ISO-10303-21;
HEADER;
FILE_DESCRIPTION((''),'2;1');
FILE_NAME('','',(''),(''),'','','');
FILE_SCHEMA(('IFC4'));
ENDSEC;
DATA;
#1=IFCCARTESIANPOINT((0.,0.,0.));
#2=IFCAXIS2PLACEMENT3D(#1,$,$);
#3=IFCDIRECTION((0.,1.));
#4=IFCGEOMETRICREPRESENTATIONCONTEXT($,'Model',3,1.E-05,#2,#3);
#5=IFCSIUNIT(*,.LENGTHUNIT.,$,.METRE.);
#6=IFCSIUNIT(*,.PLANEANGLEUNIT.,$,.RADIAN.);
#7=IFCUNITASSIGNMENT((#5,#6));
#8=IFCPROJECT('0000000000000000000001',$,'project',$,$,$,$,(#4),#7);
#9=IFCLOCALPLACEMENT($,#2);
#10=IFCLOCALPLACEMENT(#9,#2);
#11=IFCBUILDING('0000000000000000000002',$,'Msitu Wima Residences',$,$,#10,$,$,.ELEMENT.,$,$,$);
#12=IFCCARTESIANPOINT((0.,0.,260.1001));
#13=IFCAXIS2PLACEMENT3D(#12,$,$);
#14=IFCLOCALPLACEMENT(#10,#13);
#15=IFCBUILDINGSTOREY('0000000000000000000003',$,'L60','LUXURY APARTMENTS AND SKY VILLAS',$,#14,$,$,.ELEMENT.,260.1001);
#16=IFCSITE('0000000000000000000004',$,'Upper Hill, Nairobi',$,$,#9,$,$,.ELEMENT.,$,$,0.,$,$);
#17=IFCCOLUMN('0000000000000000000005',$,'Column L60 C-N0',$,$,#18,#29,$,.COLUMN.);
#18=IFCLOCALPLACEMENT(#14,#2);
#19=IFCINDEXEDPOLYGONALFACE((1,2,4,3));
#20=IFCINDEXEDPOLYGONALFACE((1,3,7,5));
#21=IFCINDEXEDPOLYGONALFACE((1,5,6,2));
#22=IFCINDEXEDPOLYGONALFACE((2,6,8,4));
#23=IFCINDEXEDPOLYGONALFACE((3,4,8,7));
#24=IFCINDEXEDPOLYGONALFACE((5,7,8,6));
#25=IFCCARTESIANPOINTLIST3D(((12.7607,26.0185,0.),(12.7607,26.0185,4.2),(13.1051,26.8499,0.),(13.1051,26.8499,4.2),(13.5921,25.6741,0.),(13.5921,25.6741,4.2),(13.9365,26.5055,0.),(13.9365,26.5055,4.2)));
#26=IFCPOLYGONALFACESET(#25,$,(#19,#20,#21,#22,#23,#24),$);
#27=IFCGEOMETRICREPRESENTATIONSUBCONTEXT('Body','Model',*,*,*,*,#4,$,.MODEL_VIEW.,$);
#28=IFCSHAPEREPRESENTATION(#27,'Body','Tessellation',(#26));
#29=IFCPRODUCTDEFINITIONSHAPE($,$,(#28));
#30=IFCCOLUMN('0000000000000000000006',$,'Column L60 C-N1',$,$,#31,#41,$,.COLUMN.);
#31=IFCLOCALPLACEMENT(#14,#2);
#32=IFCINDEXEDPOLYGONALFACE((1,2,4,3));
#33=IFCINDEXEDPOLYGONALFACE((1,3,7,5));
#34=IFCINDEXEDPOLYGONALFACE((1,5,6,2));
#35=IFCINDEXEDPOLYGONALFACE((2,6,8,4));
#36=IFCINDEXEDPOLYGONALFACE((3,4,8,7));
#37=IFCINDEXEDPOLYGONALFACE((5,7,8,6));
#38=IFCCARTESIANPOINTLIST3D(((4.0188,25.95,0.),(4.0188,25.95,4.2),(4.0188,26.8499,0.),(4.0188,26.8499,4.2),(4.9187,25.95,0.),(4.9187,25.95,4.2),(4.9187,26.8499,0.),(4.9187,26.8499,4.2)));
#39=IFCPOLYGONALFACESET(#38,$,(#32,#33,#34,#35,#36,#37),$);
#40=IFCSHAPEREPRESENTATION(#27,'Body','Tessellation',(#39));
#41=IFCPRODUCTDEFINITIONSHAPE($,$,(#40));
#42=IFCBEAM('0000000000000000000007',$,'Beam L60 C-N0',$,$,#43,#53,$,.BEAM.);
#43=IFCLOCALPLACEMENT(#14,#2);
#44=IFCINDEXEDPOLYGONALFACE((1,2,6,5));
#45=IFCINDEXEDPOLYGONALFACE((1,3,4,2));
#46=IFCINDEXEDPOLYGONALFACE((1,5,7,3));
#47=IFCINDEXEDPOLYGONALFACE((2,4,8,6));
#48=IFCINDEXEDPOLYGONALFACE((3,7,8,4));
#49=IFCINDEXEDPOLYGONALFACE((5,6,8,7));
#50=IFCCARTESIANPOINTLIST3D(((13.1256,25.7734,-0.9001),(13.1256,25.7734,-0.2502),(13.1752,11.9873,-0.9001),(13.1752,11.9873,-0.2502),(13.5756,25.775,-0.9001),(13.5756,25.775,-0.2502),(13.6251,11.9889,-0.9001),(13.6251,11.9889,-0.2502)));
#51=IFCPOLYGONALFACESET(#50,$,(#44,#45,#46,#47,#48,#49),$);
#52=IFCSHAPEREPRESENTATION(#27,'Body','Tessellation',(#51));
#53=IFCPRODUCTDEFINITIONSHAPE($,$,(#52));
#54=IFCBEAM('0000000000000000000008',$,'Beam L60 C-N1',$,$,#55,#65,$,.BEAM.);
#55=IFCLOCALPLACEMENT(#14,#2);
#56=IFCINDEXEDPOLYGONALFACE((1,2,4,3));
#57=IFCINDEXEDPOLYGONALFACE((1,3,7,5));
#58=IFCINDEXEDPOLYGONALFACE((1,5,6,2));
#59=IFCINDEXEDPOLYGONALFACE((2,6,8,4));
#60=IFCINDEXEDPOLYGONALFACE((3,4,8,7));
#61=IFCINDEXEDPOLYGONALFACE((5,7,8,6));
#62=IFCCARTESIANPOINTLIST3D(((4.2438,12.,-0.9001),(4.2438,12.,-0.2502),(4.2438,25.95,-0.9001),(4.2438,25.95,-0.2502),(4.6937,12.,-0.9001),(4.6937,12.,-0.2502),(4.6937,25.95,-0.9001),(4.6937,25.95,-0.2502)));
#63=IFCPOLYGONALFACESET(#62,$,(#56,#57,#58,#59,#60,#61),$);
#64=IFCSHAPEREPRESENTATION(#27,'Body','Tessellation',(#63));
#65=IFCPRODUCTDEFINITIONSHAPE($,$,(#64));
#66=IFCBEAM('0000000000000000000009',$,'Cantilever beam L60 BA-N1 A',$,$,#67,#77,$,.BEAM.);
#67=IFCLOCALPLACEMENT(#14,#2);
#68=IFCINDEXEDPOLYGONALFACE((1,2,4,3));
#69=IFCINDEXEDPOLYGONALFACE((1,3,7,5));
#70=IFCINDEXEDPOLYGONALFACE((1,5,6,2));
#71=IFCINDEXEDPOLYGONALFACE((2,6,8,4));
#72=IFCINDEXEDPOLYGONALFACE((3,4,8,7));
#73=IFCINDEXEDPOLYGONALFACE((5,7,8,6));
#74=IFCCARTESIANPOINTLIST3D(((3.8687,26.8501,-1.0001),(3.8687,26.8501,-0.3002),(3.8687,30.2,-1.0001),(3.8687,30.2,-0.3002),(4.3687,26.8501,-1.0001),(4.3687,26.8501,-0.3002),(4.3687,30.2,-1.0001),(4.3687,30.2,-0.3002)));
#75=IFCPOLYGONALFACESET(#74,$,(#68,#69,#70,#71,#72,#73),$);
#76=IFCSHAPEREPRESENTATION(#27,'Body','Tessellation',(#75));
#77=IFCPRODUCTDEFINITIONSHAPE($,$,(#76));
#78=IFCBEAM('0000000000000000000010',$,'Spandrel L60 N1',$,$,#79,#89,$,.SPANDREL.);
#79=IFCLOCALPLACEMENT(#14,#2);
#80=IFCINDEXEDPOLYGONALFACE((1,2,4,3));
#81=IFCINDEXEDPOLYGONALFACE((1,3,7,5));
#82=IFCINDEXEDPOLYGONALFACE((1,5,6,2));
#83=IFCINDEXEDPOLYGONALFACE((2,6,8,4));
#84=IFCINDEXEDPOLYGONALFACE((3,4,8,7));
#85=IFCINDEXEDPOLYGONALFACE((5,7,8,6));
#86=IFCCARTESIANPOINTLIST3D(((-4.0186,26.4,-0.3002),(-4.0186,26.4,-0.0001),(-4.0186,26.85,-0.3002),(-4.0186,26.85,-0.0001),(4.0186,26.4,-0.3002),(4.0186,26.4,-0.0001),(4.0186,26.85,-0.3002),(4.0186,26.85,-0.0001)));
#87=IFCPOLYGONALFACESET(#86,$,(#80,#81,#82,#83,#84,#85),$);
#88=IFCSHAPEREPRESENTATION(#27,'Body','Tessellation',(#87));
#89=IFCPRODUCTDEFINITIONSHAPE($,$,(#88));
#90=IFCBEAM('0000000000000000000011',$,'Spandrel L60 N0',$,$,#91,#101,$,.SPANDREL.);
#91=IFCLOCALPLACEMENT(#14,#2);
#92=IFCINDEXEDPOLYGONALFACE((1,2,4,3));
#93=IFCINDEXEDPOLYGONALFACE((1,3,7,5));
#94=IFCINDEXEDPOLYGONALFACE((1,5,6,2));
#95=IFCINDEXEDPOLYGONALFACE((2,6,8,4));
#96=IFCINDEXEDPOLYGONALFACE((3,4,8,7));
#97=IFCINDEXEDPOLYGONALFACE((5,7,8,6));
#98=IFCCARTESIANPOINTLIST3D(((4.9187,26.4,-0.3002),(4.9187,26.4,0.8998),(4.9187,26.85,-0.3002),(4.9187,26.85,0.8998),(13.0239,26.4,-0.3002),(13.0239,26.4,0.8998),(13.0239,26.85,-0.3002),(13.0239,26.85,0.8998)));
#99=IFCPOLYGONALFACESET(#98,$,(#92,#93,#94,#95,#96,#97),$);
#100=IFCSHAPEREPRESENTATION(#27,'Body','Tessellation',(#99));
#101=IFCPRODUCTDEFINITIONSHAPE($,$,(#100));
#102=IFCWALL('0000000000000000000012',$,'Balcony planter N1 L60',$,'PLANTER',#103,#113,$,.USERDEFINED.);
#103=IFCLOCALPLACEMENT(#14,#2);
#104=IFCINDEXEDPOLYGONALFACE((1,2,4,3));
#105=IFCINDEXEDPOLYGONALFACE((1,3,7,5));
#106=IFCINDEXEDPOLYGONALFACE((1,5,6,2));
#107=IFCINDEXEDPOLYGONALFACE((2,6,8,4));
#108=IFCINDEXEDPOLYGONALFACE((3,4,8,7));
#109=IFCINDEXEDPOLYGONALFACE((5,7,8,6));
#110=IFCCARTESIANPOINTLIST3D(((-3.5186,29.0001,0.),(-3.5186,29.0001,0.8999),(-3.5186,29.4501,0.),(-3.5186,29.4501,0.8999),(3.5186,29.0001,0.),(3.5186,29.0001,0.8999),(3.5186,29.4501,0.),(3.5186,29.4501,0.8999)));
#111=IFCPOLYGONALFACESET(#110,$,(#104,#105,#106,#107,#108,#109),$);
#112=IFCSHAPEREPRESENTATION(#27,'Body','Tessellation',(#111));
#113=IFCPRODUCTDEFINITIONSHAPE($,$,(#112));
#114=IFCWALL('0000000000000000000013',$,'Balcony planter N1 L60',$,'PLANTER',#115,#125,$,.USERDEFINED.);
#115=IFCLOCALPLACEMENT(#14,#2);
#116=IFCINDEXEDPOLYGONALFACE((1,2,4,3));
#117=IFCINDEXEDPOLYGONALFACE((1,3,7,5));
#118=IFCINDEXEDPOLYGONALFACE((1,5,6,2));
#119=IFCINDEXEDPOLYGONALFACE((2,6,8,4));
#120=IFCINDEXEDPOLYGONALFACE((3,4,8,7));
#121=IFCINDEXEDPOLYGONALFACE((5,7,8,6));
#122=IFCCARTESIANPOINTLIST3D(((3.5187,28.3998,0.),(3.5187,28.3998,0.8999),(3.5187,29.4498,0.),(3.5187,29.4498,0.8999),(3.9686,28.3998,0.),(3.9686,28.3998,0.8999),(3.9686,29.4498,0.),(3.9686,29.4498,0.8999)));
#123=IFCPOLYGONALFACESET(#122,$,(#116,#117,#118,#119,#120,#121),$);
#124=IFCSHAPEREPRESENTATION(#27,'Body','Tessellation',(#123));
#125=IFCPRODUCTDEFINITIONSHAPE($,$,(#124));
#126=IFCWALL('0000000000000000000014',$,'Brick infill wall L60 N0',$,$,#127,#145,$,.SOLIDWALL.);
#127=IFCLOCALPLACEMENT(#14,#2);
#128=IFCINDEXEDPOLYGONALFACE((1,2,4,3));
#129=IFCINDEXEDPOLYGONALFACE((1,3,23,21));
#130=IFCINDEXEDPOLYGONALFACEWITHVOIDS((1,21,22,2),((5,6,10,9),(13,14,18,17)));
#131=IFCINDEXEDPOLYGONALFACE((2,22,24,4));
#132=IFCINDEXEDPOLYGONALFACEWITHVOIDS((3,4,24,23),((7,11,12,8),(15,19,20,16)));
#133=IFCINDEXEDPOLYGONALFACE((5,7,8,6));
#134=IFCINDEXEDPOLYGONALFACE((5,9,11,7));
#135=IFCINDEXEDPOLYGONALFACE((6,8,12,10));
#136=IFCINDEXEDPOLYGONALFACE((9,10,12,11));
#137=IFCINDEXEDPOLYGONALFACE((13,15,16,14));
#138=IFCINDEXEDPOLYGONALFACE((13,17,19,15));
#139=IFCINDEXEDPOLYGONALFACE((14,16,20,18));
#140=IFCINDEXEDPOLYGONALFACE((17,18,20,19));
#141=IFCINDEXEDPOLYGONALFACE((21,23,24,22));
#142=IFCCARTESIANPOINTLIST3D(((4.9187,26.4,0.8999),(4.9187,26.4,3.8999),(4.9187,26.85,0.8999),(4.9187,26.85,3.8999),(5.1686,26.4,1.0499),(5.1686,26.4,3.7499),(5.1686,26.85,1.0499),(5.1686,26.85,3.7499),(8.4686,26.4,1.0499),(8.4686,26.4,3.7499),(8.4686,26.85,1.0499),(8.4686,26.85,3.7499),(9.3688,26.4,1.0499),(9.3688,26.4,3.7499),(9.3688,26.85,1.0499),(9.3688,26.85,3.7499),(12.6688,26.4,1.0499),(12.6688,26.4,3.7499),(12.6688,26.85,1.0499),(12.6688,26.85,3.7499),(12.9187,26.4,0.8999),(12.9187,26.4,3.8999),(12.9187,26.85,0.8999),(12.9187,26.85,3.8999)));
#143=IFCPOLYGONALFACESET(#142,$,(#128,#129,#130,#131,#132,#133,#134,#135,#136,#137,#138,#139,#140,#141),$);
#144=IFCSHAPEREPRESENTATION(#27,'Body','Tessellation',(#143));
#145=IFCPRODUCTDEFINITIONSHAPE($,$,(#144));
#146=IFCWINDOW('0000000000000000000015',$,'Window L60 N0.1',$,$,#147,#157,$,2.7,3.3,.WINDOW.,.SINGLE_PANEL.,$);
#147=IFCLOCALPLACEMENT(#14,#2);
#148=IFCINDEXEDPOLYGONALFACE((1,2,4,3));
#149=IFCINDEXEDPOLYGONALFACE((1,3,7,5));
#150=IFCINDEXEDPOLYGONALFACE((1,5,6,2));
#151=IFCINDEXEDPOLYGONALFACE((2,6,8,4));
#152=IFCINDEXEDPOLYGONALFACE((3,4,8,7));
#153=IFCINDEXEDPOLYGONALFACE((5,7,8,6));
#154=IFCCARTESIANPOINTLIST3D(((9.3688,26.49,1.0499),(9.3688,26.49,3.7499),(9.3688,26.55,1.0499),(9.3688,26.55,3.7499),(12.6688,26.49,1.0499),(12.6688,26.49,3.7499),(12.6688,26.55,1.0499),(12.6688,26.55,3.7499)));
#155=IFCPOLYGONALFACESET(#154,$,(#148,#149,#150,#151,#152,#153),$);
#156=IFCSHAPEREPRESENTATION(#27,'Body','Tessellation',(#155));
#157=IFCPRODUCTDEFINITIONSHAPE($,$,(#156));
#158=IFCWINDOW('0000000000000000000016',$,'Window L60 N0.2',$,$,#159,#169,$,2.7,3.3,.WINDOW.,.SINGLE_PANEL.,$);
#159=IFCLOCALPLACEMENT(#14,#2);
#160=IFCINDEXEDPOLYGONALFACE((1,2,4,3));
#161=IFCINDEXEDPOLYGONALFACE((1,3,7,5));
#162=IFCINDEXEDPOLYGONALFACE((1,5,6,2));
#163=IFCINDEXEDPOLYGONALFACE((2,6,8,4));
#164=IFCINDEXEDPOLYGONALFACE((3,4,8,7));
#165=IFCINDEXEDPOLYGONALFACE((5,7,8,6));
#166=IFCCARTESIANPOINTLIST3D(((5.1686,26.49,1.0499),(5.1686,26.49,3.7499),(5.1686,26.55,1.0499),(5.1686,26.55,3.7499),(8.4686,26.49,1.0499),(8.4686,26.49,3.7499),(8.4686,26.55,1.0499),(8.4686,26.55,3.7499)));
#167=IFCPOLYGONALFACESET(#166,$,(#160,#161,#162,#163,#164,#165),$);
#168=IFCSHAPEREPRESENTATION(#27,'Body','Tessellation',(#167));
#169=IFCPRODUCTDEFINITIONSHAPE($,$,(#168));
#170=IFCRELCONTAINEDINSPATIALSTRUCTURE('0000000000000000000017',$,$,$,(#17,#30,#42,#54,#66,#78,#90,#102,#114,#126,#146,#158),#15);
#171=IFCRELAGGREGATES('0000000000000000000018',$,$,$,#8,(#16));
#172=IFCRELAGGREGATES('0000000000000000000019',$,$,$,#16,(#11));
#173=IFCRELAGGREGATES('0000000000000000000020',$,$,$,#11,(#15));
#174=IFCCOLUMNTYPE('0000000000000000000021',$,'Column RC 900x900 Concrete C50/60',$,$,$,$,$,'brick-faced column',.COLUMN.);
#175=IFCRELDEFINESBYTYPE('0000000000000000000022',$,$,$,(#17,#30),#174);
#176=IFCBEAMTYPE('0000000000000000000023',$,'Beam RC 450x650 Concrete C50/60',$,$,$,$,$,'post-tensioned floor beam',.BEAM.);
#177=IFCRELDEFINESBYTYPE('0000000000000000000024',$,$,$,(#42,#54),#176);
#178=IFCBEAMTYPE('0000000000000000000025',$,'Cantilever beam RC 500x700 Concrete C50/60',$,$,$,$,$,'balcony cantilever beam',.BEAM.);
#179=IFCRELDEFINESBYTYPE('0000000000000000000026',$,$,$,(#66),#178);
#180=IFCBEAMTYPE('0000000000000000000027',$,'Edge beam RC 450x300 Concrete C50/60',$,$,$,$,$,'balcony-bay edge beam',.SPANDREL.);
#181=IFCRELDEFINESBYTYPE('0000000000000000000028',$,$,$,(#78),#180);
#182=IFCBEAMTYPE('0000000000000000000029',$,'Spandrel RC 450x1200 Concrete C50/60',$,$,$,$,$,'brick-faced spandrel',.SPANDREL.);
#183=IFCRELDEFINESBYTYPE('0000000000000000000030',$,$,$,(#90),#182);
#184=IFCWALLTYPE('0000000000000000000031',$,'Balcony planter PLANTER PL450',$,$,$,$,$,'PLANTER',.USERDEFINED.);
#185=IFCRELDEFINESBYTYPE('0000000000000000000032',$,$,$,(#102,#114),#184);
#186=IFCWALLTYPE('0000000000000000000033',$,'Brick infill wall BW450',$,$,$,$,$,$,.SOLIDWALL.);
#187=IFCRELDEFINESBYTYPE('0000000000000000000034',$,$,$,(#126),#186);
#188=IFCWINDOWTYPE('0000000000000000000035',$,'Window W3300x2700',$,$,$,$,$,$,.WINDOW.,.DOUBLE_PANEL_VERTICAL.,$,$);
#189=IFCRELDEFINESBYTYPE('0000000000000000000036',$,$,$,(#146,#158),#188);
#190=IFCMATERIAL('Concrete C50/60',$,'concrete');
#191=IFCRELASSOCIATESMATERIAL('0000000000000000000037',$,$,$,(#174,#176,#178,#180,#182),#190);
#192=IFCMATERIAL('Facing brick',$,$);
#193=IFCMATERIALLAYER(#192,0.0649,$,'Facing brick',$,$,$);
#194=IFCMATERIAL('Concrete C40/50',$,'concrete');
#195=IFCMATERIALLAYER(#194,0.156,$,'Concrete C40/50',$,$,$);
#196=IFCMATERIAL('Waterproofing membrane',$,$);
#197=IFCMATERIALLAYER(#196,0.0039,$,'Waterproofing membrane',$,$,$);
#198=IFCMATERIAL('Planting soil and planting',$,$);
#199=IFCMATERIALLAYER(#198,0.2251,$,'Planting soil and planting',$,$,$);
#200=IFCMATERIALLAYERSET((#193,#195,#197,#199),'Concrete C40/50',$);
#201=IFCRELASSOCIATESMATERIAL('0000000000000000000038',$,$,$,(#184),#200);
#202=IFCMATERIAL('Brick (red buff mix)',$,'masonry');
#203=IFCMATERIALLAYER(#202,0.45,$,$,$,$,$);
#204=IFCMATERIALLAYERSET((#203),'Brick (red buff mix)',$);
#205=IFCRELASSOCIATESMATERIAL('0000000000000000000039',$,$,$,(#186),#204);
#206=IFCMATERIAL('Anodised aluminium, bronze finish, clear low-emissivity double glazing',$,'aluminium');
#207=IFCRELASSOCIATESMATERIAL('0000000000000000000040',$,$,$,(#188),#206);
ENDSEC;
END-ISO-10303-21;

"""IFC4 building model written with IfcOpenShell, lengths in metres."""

from ifc_helpers import new_model, si_unit, direction, frame, frame_2d, origin, origin_2d, place, context, subcontext, project, spatial, rectangle, extrude, material, layer, layer_set, material_profile, profile_set, type_object, element, fill, save


model = new_model("IFC4")

# Units and contexts
model_context = context("Model", 3, precision=1e-05, world=origin(), true_north=direction((0.0, 1.0)))
body_context = subcontext(model_context, "Body", "Model", "MODEL_VIEW")
ifc_project = project(units=[si_unit("LENGTHUNIT", "METRE"), si_unit("PLANEANGLEUNIT", "RADIAN")], contexts=[model_context])

# Site, building, storey
site_placement = place(None, origin())
site = spatial("IfcSite", under=ifc_project, at=site_placement, Name="Upper Hill, Nairobi", CompositionType="ELEMENT", RefElevation=0.0)
building_placement = place(site_placement, origin())
building = spatial("IfcBuilding", under=site, at=building_placement, Name="Msitu Wima Residences", CompositionType="ELEMENT")
storey_placement = place(building_placement, frame((0.0, 0.0, 260.1001)))
storey = spatial("IfcBuildingStorey", under=building, at=storey_placement, Name="L60", Description="LUXURY APARTMENTS AND SKY VILLAS", CompositionType="ELEMENT", Elevation=260.1001)

# Columns
ifc_material_1 = material(Name="Concrete C50/60", Category="concrete")
ifc_material_profile_1 = material_profile(ifc_material_1, rectangle(XDim=0.8999, YDim=0.8999, at=origin_2d()), Name="RC 900x900")
ifc_profile_set_1 = profile_set([ifc_material_profile_1], Name="Concrete C50/60")
column_type = type_object("IfcColumnType", Name="Column RC 900x900 Concrete C50/60", ElementType="brick-faced column", PredefinedType="COLUMN", material=ifc_profile_set_1)
for number, where, z_axis, x_axis, name in (
    (1, (13.3486, 26.262, 0.0), (0.0, 0.0, 1.0), (-0.92388, 0.382683, 0.0), "Column L60 C-N0"),
    (2, (4.4688, 26.3999, 0.0), (0.0, 0.0, 1.0), (-1.0, 0.0, 0.0), "Column L60 C-N1"),
):
    element("IfcColumn", number, at=place(storey_placement, frame(where, z_axis=z_axis, x_axis=x_axis)), inside=storey, type_object=column_type, Name=name, PredefinedType="COLUMN", context=body_context, shape_type="SweptSolid", body=[
        extrude(rectangle(XDim=0.8999, YDim=0.8999, at=origin_2d()), origin(), (0.0, 0.0, 1.0), 4.2),
    ])

# Beams
ifc_material_profile_2 = material_profile(ifc_material_1, rectangle(XDim=0.45, YDim=0.6499, at=origin_2d()), Name="RC 450x650")
ifc_profile_set_2 = profile_set([ifc_material_profile_2], Name="Concrete C50/60")
beam_type_1 = type_object("IfcBeamType", Name="Beam RC 450x650 Concrete C50/60", ElementType="post-tensioned floor beam", PredefinedType="BEAM", material=ifc_profile_set_2)
beam_1_placement = place(storey_placement, frame((13.3506, 25.7742, -0.5752), z_axis=(0.003595, -0.999994, 0.0), x_axis=(0.999994, 0.003595, 0.0)))
element("IfcBeam", 3, at=beam_1_placement, inside=storey, type_object=beam_type_1, Name="Beam L60 C-N0", PredefinedType="BEAM", context=body_context, shape_type="SweptSolid", body=[
    extrude(rectangle(XDim=0.45, YDim=0.6499, at=origin_2d()), origin(), (0.0, 0.0, 1.0), 13.7861),
])
beam_2_placement = place(storey_placement, frame((4.4688, 25.95, -0.5752), z_axis=(0.0, -1.0, 0.0), x_axis=(1.0, 0.0, 0.0)))
element("IfcBeam", 4, at=beam_2_placement, inside=storey, type_object=beam_type_1, Name="Beam L60 C-N1", PredefinedType="BEAM", context=body_context, shape_type="SweptSolid", body=[
    extrude(rectangle(XDim=0.45, YDim=0.6499, at=origin_2d()), origin(), (0.0, 0.0, 1.0), 13.95),
])
ifc_material_profile_3 = material_profile(ifc_material_1, rectangle(XDim=0.5, YDim=0.7, at=origin_2d()), Name="RC 500x700")
ifc_profile_set_3 = profile_set([ifc_material_profile_3], Name="Concrete C50/60")
beam_type_2 = type_object("IfcBeamType", Name="Cantilever beam RC 500x700 Concrete C50/60", ElementType="balcony cantilever beam", PredefinedType="BEAM", material=ifc_profile_set_3)
beam_3_placement = place(storey_placement, frame((4.1187, 26.8501, -0.6501), z_axis=(0.0, 1.0, 0.0), x_axis=(-1.0, 0.0, 0.0)))
element("IfcBeam", 5, at=beam_3_placement, inside=storey, type_object=beam_type_2, Name="Cantilever beam L60 BA-N1 A", PredefinedType="BEAM", context=body_context, shape_type="SweptSolid", body=[
    extrude(rectangle(XDim=0.5, YDim=0.7, at=origin_2d()), origin(), (0.0, 0.0, 1.0), 3.3499),
])
ifc_material_profile_4 = material_profile(ifc_material_1, rectangle(XDim=0.45, YDim=0.3, at=origin_2d()), Name="RC 450x300")
ifc_profile_set_4 = profile_set([ifc_material_profile_4], Name="Concrete C50/60")
beam_type_3 = type_object("IfcBeamType", Name="Edge beam RC 450x300 Concrete C50/60", ElementType="balcony-bay edge beam", PredefinedType="SPANDREL", material=ifc_profile_set_4)
beam_4_placement = place(storey_placement, frame((4.0186, 26.625, -0.1501), z_axis=(-1.0, 0.0, 0.0), x_axis=(0.0, -1.0, 0.0)))
element("IfcBeam", 6, at=beam_4_placement, inside=storey, type_object=beam_type_3, Name="Spandrel L60 N1", PredefinedType="SPANDREL", context=body_context, shape_type="SweptSolid", body=[
    extrude(rectangle(XDim=0.45, YDim=0.3, at=origin_2d()), origin(), (0.0, 0.0, 1.0), 8.0371),
])
ifc_material_profile_5 = material_profile(ifc_material_1, rectangle(XDim=0.45, YDim=1.2, at=origin_2d()), Name="RC 450x1200")
ifc_profile_set_5 = profile_set([ifc_material_profile_5], Name="Concrete C50/60")
beam_type_4 = type_object("IfcBeamType", Name="Spandrel RC 450x1200 Concrete C50/60", ElementType="brick-faced spandrel", PredefinedType="SPANDREL", material=ifc_profile_set_5)
beam_5_placement = place(storey_placement, frame((13.0239, 26.625, 0.2998), z_axis=(-1.0, 0.0, 0.0), x_axis=(0.0, -1.0, 0.0)))
element("IfcBeam", 7, at=beam_5_placement, inside=storey, type_object=beam_type_4, Name="Spandrel L60 N0", PredefinedType="SPANDREL", context=body_context, shape_type="SweptSolid", body=[
    extrude(rectangle(XDim=0.45, YDim=1.2, at=origin_2d()), origin(), (0.0, 0.0, 1.0), 8.1052),
])

# Walls
ifc_material_2 = material(Name="Facing brick")
ifc_layer_1 = layer(ifc_material_2, 0.0649, Name="Facing brick")
ifc_material_3 = material(Name="Concrete C40/50", Category="concrete")
ifc_layer_2 = layer(ifc_material_3, 0.156, Name="Concrete C40/50")
ifc_material_4 = material(Name="Waterproofing membrane")
ifc_layer_3 = layer(ifc_material_4, 0.0039, Name="Waterproofing membrane")
ifc_material_5 = material(Name="Planting soil and planting")
ifc_layer_4 = layer(ifc_material_5, 0.2251, Name="Planting soil and planting")
ifc_layer_set_1 = layer_set([ifc_layer_1, ifc_layer_2, ifc_layer_3, ifc_layer_4], Name="Concrete C40/50")
wall_type_1 = type_object("IfcWallType", Name="Balcony planter PLANTER PL450", ElementType="PLANTER", PredefinedType="USERDEFINED", material=ifc_layer_set_1)
wall_1_placement = place(storey_placement, frame((3.5186, 29.2251, 0.0), z_axis=(0.0, 0.0, 1.0), x_axis=(-1.0, 0.0, 0.0)))
element("IfcWall", 8, at=wall_1_placement, inside=storey, type_object=wall_type_1, Name="Balcony planter N1 L60", ObjectType="PLANTER", PredefinedType="USERDEFINED", context=body_context, shape_type="SweptSolid", body=[
    extrude(rectangle(XDim=7.0371, YDim=0.45, at=frame_2d((3.5186, 0.0))), origin(), (0.0, 0.0, 1.0), 0.8999),
])
wall_2_placement = place(storey_placement, frame((3.7437, 28.3999, 0.0), z_axis=(0.0, 0.0, 1.0), x_axis=(0.0, 1.0, 0.0)))
element("IfcWall", 9, at=wall_2_placement, inside=storey, type_object=wall_type_1, Name="Balcony planter N1 L60", ObjectType="PLANTER", PredefinedType="USERDEFINED", context=body_context, shape_type="SweptSolid", body=[
    extrude(rectangle(XDim=1.05, YDim=0.45, at=frame_2d((0.5249, 0.0))), origin(), (0.0, 0.0, 1.0), 0.8999),
])

# Wall, openings, windows
ifc_material_6 = material(Name="Brick (red buff mix)", Category="masonry")
ifc_layer_5 = layer(ifc_material_6, 0.45)
ifc_layer_set_2 = layer_set([ifc_layer_5], Name="Brick (red buff mix)")
wall_type_2 = type_object("IfcWallType", Name="Brick infill wall BW450", PredefinedType="SOLIDWALL", material=ifc_layer_set_2)
wall_3_placement = place(storey_placement, frame((12.9187, 26.625, 0.8999), z_axis=(0.0, 0.0, 1.0), x_axis=(-1.0, 0.0, 0.0)))
wall_3 = element("IfcWall", 10, at=wall_3_placement, inside=storey, type_object=wall_type_2, Name="Brick infill wall L60 N0", PredefinedType="SOLIDWALL", context=body_context, shape_type="SweptSolid", body=[
    extrude(rectangle(XDim=8.0, YDim=0.45, at=frame_2d((4.0, 0.0))), origin(), (0.0, 0.0, 1.0), 3.0),
])
opening_1_placement = place(wall_3_placement, frame((0.25, 0.0, 0.1499)))
opening_1 = element("IfcOpeningElement", 11, at=opening_1_placement, cuts=wall_3, PredefinedType="OPENING", context=body_context, shape_type="SweptSolid", body=[
    extrude(rectangle(XDim=3.3, YDim=2.7, at=frame_2d((1.6499, 1.3501))), frame((0.0, 0.2349, 0.0), z_axis=(0.0, -1.0, 0.0), x_axis=(1.0, 0.0, 0.0)), (0.0, 0.0, 1.0), 0.47),
])
opening_2_placement = place(wall_3_placement, frame((4.4502, 0.0, 0.1499)))
opening_2 = element("IfcOpeningElement", 12, at=opening_2_placement, cuts=wall_3, PredefinedType="OPENING", context=body_context, shape_type="SweptSolid", body=[
    extrude(rectangle(XDim=3.3, YDim=2.7, at=frame_2d((1.6499, 1.3501))), frame((0.0, 0.2349, 0.0), z_axis=(0.0, -1.0, 0.0), x_axis=(1.0, 0.0, 0.0)), (0.0, 0.0, 1.0), 0.47),
])
ifc_material_7 = material(Name="Anodised aluminium, bronze finish, clear low-emissivity double glazing", Category="aluminium")
window_type = type_object("IfcWindowType", Name="Window W3300x2700", PartitioningType="DOUBLE_PANEL_VERTICAL", PredefinedType="WINDOW", material=ifc_material_7)
window_1_placement = place(opening_1_placement, origin())
window_1 = element("IfcWindow", 13, at=window_1_placement, inside=storey, type_object=window_type, Name="Window L60 N0.1", OverallHeight=2.7, OverallWidth=3.3, PartitioningType="SINGLE_PANEL", PredefinedType="WINDOW", context=body_context, shape_type="SweptSolid", body=[
    extrude(rectangle(XDim=3.3, YDim=2.7, at=frame_2d((1.6499, 1.3501))), frame((0.0, 0.135, 0.0), z_axis=(0.0, -1.0, 0.0), x_axis=(1.0, 0.0, 0.0)), (0.0, 0.0, 1.0), 0.0601),
])
fill(opening_1, window_1)
window_2_placement = place(opening_2_placement, origin())
window_2 = element("IfcWindow", 14, at=window_2_placement, inside=storey, type_object=window_type, Name="Window L60 N0.2", OverallHeight=2.7, OverallWidth=3.3, PartitioningType="SINGLE_PANEL", PredefinedType="WINDOW", context=body_context, shape_type="SweptSolid", body=[
    extrude(rectangle(XDim=3.3, YDim=2.7, at=frame_2d((1.6499, 1.3501))), frame((0.0, 0.135, 0.0), z_axis=(0.0, -1.0, 0.0), x_axis=(1.0, 0.0, 0.0)), (0.0, 0.0, 1.0), 0.0601),
])
fill(opening_2, window_2)

save(model, "model.ifc")
